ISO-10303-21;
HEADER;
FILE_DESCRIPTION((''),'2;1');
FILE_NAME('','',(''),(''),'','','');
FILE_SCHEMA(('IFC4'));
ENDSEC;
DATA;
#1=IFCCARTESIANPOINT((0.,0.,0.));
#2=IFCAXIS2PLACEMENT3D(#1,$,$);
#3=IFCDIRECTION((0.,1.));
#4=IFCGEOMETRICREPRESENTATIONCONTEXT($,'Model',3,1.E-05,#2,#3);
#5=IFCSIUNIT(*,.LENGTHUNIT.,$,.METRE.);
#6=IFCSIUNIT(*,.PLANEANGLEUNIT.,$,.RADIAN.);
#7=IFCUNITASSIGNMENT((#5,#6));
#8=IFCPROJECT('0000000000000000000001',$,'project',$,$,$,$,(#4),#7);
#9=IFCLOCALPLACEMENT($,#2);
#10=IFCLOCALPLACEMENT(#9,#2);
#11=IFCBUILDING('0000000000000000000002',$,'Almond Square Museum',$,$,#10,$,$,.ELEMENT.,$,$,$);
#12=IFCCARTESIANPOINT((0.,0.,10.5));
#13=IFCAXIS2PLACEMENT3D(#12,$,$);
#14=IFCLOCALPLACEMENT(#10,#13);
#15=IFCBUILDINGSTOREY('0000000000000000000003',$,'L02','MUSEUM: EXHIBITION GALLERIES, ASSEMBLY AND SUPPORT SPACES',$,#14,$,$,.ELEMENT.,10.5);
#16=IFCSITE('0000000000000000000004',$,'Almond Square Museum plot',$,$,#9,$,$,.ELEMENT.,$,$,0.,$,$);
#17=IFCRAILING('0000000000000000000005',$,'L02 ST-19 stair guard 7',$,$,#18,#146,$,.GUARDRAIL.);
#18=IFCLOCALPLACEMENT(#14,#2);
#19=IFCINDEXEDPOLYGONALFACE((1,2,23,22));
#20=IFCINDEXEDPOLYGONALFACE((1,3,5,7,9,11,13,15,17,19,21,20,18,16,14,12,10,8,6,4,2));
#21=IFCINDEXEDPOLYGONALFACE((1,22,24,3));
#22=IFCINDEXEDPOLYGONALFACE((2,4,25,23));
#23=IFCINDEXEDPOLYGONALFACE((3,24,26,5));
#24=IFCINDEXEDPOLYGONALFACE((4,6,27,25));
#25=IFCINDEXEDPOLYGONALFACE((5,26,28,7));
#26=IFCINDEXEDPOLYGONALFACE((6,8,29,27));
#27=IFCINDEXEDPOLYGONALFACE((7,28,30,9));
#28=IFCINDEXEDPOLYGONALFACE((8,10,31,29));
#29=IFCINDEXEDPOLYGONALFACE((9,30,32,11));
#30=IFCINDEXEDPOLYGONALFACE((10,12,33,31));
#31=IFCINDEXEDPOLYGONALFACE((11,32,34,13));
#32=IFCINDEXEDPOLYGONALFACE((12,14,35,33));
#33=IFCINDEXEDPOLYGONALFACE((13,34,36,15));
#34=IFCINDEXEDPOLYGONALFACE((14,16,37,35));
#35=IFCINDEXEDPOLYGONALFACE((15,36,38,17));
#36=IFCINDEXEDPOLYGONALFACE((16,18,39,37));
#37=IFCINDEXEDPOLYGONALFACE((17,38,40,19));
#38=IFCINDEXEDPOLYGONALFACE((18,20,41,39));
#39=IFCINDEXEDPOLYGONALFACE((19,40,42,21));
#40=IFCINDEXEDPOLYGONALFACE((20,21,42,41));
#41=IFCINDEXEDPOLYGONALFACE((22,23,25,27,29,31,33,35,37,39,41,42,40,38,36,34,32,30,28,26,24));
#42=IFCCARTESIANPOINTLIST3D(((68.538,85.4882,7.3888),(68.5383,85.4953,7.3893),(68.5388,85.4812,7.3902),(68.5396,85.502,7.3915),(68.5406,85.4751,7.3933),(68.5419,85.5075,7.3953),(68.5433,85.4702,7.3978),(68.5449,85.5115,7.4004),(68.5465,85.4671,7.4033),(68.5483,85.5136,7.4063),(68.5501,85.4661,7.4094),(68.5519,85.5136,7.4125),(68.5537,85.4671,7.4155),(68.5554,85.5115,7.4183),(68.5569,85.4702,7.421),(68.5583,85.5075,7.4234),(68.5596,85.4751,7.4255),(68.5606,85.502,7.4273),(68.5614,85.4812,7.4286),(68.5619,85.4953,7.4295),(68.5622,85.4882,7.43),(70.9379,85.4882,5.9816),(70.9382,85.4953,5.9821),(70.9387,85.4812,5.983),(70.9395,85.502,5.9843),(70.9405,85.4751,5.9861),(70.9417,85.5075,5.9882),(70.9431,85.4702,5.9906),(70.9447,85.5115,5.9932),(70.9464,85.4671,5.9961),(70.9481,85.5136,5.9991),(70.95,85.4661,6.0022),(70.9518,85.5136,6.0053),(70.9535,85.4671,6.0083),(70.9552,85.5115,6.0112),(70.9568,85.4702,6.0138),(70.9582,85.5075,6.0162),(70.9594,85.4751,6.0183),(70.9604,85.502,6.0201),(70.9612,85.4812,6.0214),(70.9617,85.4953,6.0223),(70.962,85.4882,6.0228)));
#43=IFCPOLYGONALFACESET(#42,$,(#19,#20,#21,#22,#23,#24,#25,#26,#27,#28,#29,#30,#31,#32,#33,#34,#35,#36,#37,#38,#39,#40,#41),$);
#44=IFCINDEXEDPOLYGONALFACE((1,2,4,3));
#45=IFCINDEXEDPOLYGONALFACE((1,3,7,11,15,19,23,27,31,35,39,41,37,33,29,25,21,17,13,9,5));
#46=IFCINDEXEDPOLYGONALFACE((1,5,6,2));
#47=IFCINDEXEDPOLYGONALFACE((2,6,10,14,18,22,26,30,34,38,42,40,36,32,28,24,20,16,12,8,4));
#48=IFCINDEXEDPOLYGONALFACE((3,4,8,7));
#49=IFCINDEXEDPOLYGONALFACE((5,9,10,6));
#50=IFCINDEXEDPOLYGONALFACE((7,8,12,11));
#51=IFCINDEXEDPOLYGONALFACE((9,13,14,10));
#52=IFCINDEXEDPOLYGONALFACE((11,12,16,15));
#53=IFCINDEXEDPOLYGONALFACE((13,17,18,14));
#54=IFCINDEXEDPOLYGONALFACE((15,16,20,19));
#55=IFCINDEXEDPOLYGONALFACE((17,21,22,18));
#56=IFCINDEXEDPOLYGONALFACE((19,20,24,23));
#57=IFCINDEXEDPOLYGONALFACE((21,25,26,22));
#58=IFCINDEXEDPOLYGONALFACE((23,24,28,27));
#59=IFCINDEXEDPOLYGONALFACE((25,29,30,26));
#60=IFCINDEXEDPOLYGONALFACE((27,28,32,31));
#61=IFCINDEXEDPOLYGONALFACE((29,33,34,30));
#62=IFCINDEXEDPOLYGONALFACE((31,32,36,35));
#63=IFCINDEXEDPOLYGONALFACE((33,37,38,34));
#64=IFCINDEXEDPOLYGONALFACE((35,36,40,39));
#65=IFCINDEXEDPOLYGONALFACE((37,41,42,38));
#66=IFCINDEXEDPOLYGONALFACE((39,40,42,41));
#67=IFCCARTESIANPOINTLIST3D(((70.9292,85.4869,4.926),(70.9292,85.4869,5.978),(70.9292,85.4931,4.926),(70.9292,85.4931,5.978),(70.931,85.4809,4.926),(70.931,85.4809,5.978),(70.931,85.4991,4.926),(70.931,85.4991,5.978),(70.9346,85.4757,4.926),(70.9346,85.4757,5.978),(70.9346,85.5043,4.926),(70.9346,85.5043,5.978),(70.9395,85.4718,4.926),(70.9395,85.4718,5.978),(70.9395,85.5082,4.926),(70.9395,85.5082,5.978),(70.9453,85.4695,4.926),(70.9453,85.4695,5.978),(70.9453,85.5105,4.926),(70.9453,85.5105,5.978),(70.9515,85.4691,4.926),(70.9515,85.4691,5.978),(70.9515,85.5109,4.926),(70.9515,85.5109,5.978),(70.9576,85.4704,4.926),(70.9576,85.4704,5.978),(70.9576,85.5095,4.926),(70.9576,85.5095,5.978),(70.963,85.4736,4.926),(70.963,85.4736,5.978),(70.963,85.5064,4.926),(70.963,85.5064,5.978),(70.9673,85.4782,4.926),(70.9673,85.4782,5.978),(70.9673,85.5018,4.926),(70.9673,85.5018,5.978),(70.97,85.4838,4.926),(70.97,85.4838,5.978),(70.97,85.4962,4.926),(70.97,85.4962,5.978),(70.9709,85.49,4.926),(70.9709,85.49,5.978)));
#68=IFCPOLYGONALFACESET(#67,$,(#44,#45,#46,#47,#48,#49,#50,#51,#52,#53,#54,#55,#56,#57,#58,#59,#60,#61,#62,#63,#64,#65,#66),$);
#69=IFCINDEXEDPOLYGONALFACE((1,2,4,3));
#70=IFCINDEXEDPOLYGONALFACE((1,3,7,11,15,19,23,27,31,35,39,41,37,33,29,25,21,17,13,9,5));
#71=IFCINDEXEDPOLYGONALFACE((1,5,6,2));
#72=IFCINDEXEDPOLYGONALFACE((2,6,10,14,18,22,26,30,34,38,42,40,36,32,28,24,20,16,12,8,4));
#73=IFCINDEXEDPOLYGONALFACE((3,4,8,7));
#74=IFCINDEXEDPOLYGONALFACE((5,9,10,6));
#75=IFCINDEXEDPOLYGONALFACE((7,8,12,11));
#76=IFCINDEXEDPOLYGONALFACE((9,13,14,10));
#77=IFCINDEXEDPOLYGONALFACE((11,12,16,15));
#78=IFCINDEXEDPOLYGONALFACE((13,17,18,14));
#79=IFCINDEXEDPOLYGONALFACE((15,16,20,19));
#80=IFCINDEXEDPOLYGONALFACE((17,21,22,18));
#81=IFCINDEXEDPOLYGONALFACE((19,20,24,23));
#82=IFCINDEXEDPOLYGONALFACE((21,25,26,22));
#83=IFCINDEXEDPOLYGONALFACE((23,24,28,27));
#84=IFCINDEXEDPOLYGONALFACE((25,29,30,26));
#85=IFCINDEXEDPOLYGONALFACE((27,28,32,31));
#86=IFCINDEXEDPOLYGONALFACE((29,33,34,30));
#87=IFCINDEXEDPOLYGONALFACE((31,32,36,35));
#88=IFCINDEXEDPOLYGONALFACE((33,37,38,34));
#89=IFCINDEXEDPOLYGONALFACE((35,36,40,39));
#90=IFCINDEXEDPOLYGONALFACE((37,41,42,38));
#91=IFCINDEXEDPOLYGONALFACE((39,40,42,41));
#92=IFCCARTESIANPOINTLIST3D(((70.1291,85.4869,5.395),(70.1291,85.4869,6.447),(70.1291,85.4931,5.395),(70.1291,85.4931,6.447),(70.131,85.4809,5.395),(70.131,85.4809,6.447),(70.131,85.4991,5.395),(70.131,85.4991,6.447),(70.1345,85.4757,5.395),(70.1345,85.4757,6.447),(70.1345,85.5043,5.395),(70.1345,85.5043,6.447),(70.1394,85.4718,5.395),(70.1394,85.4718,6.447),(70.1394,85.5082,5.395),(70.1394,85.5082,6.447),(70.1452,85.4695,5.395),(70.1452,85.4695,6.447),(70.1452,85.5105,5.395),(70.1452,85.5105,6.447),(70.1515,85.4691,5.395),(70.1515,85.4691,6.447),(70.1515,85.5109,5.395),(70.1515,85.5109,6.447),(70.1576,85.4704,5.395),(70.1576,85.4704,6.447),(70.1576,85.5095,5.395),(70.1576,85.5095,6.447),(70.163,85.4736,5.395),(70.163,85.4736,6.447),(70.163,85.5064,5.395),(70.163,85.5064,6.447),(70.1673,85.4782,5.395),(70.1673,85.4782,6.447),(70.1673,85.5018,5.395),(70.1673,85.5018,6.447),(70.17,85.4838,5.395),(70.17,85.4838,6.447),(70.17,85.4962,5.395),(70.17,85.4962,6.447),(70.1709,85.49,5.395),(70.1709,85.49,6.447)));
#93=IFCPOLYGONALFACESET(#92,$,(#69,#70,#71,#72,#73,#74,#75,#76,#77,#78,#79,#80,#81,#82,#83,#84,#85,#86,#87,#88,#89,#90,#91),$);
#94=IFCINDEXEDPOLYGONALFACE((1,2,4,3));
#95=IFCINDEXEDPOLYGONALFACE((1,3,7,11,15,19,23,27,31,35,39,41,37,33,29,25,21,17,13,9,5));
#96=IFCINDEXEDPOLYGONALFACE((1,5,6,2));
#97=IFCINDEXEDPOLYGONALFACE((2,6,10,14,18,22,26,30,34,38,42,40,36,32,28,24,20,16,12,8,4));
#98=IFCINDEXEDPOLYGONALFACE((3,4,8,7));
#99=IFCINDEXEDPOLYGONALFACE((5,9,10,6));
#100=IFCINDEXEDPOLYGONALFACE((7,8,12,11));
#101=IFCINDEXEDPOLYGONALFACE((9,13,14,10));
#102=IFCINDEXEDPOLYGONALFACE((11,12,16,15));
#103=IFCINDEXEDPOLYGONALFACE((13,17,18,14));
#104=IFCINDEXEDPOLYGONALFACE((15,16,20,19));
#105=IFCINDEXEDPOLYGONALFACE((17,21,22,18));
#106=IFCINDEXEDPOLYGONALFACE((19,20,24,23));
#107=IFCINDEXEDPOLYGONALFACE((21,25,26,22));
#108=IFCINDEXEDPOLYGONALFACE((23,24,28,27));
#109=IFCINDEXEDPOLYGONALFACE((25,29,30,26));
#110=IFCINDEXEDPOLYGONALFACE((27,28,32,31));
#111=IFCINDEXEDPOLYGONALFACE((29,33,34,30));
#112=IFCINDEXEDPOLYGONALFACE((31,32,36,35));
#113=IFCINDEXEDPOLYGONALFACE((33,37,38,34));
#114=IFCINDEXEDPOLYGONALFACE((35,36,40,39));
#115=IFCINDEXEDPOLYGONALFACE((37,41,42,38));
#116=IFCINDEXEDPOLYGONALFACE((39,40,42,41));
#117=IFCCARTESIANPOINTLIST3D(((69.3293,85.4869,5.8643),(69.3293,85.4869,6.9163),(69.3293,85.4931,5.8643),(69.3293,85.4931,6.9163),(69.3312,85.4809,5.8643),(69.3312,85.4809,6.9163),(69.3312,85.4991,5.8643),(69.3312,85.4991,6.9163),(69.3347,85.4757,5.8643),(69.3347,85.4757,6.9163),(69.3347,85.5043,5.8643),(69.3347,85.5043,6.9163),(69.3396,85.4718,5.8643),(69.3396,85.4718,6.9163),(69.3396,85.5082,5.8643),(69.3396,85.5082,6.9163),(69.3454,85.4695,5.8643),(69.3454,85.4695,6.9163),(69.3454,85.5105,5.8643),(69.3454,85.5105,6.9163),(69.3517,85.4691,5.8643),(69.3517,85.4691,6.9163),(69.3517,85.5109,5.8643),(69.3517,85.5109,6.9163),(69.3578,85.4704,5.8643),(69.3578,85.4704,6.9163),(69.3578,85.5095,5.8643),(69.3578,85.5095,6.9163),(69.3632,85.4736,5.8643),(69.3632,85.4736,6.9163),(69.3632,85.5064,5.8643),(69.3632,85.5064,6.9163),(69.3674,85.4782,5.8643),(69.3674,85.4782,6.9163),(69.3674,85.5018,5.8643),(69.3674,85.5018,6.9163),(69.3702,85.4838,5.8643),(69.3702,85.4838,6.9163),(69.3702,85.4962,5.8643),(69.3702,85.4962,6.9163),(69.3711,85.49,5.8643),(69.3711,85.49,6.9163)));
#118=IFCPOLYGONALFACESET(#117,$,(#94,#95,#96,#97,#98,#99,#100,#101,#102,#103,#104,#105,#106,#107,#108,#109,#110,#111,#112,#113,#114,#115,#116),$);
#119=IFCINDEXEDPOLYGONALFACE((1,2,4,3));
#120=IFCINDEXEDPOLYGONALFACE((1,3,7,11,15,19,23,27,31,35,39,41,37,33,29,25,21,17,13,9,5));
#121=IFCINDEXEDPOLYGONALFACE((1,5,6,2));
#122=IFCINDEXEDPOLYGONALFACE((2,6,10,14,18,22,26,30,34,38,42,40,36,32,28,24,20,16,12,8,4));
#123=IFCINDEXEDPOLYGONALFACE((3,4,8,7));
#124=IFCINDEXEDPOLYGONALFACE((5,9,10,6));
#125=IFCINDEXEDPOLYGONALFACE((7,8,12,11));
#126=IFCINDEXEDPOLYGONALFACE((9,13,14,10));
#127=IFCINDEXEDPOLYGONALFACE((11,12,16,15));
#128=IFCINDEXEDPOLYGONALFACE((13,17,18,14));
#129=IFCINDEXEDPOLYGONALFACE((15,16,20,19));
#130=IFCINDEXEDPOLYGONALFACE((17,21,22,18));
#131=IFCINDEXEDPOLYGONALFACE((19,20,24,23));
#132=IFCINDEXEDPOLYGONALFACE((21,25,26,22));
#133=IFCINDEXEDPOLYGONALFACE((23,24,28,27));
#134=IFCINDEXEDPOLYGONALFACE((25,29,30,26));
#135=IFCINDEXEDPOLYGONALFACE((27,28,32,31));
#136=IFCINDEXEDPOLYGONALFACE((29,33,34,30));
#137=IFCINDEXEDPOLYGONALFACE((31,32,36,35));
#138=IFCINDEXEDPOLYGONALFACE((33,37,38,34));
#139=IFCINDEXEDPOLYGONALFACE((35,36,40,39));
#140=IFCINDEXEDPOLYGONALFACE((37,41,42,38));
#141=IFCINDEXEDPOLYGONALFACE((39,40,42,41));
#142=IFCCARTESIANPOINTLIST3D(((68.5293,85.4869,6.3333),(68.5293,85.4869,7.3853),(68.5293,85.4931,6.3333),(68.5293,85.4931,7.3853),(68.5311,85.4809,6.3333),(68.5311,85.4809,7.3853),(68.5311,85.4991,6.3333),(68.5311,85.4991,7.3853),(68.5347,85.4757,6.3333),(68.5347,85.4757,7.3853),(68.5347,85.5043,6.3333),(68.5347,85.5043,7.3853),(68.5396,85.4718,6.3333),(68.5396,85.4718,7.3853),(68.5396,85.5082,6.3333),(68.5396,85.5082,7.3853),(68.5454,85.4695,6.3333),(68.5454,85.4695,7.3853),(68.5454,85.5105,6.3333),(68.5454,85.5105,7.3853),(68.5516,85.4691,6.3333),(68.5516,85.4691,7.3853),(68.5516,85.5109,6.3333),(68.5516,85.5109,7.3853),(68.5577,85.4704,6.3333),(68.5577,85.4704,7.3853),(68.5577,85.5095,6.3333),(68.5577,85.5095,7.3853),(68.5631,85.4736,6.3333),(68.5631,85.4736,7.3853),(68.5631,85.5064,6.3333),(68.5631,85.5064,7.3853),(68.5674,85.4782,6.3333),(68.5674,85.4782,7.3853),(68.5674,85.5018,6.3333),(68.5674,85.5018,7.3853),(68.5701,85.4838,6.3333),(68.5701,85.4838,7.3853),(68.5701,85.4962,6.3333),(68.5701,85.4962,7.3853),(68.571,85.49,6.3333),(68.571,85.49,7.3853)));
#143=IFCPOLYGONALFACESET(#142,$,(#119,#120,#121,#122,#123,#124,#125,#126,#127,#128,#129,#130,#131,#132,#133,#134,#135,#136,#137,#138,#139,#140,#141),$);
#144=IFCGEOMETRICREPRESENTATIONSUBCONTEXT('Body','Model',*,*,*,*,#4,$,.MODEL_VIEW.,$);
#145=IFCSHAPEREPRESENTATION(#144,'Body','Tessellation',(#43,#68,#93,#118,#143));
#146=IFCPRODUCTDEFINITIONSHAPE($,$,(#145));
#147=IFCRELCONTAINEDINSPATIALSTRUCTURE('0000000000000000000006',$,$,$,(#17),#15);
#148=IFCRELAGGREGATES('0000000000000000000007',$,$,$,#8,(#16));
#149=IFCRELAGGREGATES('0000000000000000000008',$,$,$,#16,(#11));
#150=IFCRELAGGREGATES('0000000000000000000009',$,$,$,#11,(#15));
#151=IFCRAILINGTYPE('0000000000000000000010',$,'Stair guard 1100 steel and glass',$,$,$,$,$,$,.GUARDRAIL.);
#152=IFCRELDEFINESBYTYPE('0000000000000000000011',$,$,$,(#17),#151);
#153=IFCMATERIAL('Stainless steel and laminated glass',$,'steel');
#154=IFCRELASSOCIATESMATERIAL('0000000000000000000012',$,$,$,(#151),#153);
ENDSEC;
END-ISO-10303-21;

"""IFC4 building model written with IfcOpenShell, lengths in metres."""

from ifc_helpers import new_model, si_unit, direction, frame, origin, origin_2d, place, context, subcontext, project, spatial, circle, extrude, material, type_object, element, save


model = new_model("IFC4")

# Units and contexts
model_context = context("Model", 3, precision=1e-05, world=origin(), true_north=direction((0.0, 1.0)))
body_context = subcontext(model_context, "Body", "Model", "MODEL_VIEW")
ifc_project = project(units=[si_unit("LENGTHUNIT", "METRE"), si_unit("PLANEANGLEUNIT", "RADIAN")], contexts=[model_context])

# Site, building, storey
site_placement = place(None, origin())
site = spatial("IfcSite", under=ifc_project, at=site_placement, Name="Almond Square Museum plot", CompositionType="ELEMENT", RefElevation=0.0)
building_placement = place(site_placement, origin())
building = spatial("IfcBuilding", under=site, at=building_placement, Name="Almond Square Museum", CompositionType="ELEMENT")
storey_placement = place(building_placement, frame((0.0, 0.0, 10.5)))
storey = spatial("IfcBuildingStorey", under=building, at=storey_placement, Name="L02", Description="MUSEUM: EXHIBITION GALLERIES, ASSEMBLY AND SUPPORT SPACES", CompositionType="ELEMENT", Elevation=10.5)

# Railing
ifc_material_1 = material(Name="Stainless steel and laminated glass", Category="steel")
railing_type_1 = type_object("IfcRailingType", Name="Stair guard 1100 steel and glass", PredefinedType="GUARDRAIL", material=ifc_material_1)
railing_1_placement = place(storey_placement, frame((70.95, 85.49, 4.926)))
element("IfcRailing", 1, at=railing_1_placement, inside=storey, type_object=railing_type_1, Name="L02 ST-19 stair guard 7", PredefinedType="GUARDRAIL", context=body_context, shape_type="SweptSolid", body=[
    extrude(circle(Radius=0.0239, at=origin_2d()), frame((0.0, 0.0, 1.0762), z_axis=(-0.862637, 0.0, 0.505823), x_axis=(0.0, -1.0, 0.0)), (0.0, 0.0, 1.0), 2.782),
    extrude(circle(Radius=0.021, at=origin_2d()), origin(), (0.0, 0.0, 1.0), 1.052),
    extrude(circle(Radius=0.021, at=origin_2d()), frame((-0.8, 0.0, 0.469)), (0.0, 0.0, 1.0), 1.052),
    extrude(circle(Radius=0.021, at=origin_2d()), frame((-1.5999, 0.0, 0.9382)), (0.0, 0.0, 1.0), 1.052),
    extrude(circle(Radius=0.021, at=origin_2d()), frame((-2.3999, 0.0, 1.4072)), (0.0, 0.0, 1.0), 1.052),
])

save(model, "model.ifc")
